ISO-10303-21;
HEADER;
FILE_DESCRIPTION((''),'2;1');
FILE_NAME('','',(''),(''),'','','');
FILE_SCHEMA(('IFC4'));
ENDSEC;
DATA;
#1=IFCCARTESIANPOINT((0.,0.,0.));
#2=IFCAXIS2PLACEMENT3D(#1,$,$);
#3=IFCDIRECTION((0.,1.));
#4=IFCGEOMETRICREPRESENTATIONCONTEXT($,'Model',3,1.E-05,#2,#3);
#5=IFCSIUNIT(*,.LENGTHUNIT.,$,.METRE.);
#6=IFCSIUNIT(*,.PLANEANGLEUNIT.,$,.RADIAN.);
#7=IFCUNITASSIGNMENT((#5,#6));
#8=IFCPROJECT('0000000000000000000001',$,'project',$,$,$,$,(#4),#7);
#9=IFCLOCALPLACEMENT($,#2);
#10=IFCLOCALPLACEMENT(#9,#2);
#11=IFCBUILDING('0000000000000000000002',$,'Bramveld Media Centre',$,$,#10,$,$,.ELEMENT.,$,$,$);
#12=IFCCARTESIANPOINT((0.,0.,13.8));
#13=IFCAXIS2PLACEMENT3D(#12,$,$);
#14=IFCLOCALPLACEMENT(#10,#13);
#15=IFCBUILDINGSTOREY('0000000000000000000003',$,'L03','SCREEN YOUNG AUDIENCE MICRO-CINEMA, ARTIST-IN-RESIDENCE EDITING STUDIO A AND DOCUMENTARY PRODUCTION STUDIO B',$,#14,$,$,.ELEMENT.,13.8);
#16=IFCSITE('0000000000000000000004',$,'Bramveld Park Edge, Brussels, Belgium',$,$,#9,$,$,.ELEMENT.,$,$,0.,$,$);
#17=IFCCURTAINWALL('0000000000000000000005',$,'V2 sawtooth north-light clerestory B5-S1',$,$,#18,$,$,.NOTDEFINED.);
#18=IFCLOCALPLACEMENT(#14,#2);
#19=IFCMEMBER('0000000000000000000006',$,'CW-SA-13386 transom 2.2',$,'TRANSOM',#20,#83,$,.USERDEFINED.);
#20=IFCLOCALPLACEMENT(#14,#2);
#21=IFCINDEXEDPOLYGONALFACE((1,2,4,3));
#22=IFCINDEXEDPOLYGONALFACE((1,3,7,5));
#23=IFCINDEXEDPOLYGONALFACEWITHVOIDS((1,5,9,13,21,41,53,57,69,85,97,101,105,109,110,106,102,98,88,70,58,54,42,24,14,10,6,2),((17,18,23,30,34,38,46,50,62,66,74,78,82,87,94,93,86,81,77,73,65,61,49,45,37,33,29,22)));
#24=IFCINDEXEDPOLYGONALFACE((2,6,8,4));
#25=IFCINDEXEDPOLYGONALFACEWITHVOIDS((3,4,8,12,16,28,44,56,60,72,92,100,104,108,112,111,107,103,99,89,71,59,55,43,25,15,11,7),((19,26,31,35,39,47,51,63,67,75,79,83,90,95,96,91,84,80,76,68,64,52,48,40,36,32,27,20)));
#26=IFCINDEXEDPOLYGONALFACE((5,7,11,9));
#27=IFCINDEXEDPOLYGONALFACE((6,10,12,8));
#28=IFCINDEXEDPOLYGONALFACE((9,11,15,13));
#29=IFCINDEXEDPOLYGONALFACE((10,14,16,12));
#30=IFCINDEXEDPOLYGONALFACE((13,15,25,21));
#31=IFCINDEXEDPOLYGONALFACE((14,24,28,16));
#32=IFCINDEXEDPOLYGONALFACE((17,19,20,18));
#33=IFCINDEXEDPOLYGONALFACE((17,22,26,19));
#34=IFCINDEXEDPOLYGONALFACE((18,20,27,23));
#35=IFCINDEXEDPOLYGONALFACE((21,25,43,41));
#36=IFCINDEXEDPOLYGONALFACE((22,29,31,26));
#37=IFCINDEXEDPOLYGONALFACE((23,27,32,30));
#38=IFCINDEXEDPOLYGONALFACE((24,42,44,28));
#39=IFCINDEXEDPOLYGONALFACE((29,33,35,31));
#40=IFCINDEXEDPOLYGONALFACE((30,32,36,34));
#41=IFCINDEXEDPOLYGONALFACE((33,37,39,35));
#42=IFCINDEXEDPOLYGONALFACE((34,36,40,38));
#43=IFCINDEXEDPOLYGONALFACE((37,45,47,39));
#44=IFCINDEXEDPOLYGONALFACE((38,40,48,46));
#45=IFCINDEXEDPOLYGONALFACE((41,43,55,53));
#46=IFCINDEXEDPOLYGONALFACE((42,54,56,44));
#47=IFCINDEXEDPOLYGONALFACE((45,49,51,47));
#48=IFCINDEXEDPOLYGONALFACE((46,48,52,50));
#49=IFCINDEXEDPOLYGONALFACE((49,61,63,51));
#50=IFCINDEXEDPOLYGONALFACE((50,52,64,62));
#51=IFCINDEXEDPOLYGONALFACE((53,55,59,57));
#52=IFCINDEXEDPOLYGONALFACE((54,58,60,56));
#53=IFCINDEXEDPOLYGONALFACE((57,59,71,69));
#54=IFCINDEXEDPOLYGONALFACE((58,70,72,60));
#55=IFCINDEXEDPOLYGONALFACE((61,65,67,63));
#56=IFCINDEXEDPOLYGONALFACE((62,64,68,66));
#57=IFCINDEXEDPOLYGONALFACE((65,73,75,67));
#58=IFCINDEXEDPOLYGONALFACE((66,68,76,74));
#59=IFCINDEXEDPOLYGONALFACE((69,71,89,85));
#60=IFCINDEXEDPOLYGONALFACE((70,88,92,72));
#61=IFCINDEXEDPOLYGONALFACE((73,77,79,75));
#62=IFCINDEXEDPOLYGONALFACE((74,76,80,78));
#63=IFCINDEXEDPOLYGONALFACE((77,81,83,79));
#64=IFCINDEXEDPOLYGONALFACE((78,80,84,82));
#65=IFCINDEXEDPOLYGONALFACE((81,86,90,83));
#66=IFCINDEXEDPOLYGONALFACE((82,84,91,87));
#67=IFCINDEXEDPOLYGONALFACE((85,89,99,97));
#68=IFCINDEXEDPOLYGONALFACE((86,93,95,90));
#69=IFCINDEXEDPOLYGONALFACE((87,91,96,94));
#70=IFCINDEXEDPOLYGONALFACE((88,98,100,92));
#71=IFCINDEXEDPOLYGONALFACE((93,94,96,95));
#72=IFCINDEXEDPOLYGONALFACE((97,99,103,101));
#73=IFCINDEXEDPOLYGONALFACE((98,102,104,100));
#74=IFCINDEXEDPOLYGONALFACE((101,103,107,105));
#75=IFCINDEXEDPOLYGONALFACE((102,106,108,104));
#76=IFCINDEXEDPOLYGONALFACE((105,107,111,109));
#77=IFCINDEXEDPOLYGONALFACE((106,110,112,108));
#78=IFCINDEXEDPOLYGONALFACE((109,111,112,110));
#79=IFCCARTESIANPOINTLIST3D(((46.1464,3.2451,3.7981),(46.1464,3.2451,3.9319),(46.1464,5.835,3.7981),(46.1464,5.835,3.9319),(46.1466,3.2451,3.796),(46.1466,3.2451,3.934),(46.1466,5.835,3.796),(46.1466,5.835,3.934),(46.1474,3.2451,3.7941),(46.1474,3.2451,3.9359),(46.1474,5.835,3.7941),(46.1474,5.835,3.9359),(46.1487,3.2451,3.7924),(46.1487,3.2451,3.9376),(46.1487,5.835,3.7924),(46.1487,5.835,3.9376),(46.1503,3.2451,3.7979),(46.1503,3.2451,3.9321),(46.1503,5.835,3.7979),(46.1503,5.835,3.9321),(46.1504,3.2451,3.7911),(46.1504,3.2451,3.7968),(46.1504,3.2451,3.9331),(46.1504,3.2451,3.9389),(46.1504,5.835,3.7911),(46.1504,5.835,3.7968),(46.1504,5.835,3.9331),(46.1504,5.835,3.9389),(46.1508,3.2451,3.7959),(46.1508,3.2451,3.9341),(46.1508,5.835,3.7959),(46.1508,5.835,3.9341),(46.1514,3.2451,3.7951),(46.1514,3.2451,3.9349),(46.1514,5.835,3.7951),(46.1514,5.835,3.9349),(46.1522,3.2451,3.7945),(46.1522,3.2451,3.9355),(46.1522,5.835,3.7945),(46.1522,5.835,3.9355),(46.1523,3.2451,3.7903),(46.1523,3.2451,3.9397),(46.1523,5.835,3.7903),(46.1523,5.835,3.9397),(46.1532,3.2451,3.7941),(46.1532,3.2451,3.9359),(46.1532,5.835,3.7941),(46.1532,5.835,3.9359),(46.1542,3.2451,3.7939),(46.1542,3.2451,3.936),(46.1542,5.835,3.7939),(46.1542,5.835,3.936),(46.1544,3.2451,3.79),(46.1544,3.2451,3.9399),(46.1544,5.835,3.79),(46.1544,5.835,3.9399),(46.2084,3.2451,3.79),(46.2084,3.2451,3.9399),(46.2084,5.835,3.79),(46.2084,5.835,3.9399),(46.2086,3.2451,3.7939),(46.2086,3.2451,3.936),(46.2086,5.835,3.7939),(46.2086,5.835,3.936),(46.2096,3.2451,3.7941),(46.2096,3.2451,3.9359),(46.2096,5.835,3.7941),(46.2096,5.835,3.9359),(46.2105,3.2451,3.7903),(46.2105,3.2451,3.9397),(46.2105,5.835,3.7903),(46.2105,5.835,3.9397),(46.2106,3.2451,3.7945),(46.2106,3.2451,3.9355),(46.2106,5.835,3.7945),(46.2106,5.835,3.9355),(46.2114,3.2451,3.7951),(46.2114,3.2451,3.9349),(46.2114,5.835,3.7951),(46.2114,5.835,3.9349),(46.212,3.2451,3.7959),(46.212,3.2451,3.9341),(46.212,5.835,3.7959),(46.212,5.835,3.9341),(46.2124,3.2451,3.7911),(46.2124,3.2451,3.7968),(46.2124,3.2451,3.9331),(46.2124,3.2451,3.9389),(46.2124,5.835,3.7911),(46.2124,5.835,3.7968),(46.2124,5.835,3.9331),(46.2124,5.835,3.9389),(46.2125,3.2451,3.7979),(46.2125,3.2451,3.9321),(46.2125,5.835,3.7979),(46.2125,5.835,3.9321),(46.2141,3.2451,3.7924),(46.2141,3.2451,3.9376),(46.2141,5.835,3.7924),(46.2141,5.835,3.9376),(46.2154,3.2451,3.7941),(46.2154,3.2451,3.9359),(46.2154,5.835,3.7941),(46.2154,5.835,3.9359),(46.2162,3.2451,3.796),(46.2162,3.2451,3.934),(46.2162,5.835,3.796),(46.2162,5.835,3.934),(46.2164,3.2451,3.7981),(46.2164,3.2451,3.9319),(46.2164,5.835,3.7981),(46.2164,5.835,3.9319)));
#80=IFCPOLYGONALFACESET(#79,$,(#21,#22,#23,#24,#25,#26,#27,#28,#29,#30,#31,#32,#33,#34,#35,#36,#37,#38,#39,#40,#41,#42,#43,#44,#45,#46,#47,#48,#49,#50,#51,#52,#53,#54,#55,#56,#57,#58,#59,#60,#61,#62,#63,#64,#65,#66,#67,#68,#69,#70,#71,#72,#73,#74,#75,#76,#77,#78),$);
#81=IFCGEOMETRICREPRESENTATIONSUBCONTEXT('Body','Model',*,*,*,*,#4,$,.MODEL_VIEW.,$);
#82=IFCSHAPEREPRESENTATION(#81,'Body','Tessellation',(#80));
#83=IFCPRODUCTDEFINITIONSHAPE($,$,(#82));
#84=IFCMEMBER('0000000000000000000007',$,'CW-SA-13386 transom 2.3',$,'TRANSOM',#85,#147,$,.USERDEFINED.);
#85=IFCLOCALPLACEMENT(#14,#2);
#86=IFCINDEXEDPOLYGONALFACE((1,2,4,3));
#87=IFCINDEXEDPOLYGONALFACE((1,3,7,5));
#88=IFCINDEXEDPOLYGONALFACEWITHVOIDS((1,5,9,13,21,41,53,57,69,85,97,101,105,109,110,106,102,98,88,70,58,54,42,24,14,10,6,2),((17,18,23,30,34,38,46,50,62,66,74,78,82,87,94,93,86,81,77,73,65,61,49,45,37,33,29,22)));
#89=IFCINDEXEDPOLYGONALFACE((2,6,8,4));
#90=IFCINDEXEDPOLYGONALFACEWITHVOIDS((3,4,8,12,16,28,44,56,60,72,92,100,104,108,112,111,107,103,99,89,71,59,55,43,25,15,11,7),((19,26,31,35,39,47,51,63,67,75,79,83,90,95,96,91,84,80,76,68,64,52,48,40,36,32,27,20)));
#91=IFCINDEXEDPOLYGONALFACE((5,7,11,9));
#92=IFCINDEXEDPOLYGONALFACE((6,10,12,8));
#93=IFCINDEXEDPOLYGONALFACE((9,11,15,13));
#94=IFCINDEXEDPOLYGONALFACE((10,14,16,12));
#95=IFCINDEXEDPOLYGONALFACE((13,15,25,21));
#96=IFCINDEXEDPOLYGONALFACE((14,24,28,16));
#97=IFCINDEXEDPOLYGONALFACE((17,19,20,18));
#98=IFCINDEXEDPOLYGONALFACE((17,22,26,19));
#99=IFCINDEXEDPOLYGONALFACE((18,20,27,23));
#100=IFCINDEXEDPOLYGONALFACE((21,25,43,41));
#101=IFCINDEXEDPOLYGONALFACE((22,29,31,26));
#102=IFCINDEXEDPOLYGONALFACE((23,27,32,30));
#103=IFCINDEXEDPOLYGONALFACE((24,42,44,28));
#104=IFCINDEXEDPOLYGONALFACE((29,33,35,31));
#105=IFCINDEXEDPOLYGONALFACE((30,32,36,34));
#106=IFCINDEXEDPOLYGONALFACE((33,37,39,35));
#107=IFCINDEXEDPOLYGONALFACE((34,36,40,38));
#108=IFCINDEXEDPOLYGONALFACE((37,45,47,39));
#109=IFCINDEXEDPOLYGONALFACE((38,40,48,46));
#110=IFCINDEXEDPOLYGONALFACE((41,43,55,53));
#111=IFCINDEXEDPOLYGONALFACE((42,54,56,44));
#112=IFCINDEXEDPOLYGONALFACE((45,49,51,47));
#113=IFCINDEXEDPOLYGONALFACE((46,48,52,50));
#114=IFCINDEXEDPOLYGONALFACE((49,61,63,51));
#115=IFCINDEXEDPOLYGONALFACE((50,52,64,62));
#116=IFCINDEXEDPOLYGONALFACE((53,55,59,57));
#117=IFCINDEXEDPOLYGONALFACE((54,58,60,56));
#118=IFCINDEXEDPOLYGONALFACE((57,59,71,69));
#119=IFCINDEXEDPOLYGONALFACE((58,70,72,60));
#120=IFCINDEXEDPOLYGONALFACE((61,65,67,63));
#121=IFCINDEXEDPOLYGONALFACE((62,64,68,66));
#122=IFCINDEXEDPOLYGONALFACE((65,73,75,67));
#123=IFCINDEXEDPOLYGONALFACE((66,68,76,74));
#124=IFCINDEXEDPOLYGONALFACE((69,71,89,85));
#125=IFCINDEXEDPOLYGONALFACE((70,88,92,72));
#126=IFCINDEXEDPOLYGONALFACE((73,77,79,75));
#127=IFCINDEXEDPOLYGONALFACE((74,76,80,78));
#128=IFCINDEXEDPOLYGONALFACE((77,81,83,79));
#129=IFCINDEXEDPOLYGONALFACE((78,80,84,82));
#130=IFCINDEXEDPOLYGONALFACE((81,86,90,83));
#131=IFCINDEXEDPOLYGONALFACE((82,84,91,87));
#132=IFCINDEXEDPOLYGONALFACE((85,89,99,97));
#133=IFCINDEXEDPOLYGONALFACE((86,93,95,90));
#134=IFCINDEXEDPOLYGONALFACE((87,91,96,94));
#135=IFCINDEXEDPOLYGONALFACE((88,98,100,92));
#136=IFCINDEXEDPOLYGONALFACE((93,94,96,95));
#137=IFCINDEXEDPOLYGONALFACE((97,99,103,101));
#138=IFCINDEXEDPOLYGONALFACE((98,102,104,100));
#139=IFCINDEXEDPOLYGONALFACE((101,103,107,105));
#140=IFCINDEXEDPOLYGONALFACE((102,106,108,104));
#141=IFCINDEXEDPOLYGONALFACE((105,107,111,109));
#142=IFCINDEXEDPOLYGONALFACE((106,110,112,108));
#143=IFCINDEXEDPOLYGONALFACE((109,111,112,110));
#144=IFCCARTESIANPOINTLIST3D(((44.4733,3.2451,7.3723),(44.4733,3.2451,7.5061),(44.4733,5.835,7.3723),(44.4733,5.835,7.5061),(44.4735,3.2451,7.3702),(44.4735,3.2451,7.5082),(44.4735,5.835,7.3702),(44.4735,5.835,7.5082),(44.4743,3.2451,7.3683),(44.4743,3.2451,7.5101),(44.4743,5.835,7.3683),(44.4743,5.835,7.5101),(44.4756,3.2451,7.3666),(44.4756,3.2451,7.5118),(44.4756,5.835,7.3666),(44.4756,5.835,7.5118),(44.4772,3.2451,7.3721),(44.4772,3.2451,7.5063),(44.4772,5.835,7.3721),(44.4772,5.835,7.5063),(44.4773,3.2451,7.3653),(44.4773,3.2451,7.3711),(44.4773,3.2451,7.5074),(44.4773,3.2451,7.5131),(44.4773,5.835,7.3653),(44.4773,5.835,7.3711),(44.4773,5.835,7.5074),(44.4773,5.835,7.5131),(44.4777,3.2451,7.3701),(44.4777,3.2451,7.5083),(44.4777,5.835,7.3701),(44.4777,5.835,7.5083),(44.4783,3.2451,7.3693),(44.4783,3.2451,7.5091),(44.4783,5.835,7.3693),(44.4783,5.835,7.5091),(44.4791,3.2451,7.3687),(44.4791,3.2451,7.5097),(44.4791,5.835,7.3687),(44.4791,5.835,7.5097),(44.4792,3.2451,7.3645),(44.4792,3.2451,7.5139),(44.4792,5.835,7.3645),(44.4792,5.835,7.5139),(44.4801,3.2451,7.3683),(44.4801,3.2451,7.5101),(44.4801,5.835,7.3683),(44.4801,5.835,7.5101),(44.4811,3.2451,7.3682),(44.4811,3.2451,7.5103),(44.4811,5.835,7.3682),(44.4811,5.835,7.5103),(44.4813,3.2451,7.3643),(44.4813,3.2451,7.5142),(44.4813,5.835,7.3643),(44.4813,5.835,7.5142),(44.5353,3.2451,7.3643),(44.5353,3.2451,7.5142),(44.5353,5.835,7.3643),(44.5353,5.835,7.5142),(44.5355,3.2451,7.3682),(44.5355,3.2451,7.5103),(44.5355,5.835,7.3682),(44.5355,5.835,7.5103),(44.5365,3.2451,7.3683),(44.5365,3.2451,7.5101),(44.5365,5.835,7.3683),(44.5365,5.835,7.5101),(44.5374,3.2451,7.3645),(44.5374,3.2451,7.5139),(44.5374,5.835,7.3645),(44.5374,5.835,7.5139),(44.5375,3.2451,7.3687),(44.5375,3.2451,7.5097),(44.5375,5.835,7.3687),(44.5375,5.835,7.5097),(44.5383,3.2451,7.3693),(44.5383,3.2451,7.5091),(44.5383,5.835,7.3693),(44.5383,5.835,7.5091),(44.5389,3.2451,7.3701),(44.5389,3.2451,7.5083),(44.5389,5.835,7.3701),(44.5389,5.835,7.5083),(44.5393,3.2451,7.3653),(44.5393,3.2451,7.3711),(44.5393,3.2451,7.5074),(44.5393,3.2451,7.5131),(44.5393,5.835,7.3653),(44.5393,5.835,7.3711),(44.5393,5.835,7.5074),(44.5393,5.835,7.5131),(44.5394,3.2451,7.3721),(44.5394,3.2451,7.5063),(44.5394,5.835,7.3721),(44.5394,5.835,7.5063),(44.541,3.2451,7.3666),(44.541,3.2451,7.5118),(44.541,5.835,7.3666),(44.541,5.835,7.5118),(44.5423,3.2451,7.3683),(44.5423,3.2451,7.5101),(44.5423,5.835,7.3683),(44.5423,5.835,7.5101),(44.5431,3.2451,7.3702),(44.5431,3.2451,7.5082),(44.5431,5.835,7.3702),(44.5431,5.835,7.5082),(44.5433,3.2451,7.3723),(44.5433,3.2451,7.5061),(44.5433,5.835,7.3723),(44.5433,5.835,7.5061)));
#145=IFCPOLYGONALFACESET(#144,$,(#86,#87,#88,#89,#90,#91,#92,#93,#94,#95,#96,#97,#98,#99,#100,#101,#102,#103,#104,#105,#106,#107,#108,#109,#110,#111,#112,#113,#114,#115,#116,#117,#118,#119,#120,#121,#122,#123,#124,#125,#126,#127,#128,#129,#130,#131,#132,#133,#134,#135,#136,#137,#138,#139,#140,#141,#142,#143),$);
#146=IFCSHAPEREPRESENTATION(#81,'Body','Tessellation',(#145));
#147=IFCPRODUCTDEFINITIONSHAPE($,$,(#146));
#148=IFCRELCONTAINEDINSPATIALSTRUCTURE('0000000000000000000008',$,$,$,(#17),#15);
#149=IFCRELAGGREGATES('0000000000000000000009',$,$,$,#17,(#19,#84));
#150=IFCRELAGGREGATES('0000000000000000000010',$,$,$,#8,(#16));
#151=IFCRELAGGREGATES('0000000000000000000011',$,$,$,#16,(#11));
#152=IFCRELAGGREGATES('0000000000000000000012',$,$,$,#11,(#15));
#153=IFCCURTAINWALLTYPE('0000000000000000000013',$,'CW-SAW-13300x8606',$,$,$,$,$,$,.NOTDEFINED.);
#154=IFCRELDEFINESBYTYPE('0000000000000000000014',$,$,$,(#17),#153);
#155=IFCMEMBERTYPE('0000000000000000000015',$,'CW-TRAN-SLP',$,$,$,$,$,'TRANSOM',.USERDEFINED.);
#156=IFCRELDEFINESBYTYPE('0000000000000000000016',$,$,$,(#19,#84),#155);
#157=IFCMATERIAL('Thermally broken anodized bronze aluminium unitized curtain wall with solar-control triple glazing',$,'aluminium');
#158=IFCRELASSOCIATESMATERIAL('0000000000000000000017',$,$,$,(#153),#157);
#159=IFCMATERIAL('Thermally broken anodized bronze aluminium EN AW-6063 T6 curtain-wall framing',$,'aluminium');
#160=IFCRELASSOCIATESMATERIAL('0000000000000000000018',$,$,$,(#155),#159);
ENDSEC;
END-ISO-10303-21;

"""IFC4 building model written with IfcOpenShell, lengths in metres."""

from ifc_helpers import new_model, si_unit, direction, frame, origin, origin_2d, place, context, subcontext, project, spatial, hollow_rectangle, extrude, material, material_profile, profile_set, type_object, element, aggregate, save


model = new_model("IFC4")

# Units and contexts
model_context = context("Model", 3, precision=1e-05, world=origin(), true_north=direction((0.0, 1.0)))
body_context = subcontext(model_context, "Body", "Model", "MODEL_VIEW")
ifc_project = project(units=[si_unit("LENGTHUNIT", "METRE"), si_unit("PLANEANGLEUNIT", "RADIAN")], contexts=[model_context])

# Site, building, storey
site_placement = place(None, origin())
site = spatial("IfcSite", under=ifc_project, at=site_placement, Name="Bramveld Park Edge, Brussels, Belgium", CompositionType="ELEMENT", RefElevation=0.0)
building_placement = place(site_placement, origin())
building = spatial("IfcBuilding", under=site, at=building_placement, Name="Bramveld Media Centre", CompositionType="ELEMENT")
storey_placement = place(building_placement, frame((0.0, 0.0, 13.8)))
storey = spatial("IfcBuildingStorey", under=building, at=storey_placement, Name="L03", Description="SCREEN YOUNG AUDIENCE MICRO-CINEMA, ARTIST-IN-RESIDENCE EDITING STUDIO A AND DOCUMENTARY PRODUCTION STUDIO B", CompositionType="ELEMENT", Elevation=13.8)

# Curtain wall, members
ifc_material_1 = material(Name="Thermally broken anodized bronze aluminium unitized curtain wall with solar-control triple glazing", Category="aluminium")
curtain_wall_type = type_object("IfcCurtainWallType", Name="CW-SAW-13300x8606", PredefinedType="NOTDEFINED", material=ifc_material_1)
curtain_wall_placement = place(storey_placement, origin())
curtain_wall = element("IfcCurtainWall", 1, at=curtain_wall_placement, inside=storey, type_object=curtain_wall_type, Name="V2 sawtooth north-light clerestory B5-S1", PredefinedType="NOTDEFINED")
ifc_material_2 = material(Name="Thermally broken anodized bronze aluminium EN AW-6063 T6 curtain-wall framing", Category="aluminium")
ifc_material_profile_1 = material_profile(ifc_material_2, hollow_rectangle(XDim=0.0701, YDim=0.1499, WallThickness=0.0039, InnerFilletRadius=0.0039, OuterFilletRadius=0.0081, at=origin_2d()), Name="AL-TRAN 70x150")
ifc_profile_set_1 = profile_set([ifc_material_profile_1], Name="Thermally broken anodized bronze aluminium EN AW-6063 T6 curtain-wall framing")
member_type = type_object("IfcMemberType", Name="CW-TRAN-SLP", ElementType="TRANSOM", PredefinedType="USERDEFINED", material=ifc_profile_set_1)
member_1_placement = place(storey_placement, frame((46.1814, 3.2451, 3.865), z_axis=(0.0, 1.0, 0.0), x_axis=(-1.0, 0.0, 0.0)))
member_1 = element("IfcMember", 2, at=member_1_placement, type_object=member_type, Name="CW-SA-13386 transom 2.2", ObjectType="TRANSOM", PredefinedType="USERDEFINED", context=body_context, shape_type="SweptSolid", body=[
    extrude(hollow_rectangle(XDim=0.0701, YDim=0.1499, WallThickness=0.0039, InnerFilletRadius=0.0039, OuterFilletRadius=0.0081, at=origin_2d()), origin(), (0.0, 0.0, 1.0), 2.5898),
])
member_2_placement = place(storey_placement, frame((44.5083, 3.2451, 7.4392), z_axis=(0.0, 1.0, 0.0), x_axis=(-1.0, 0.0, 0.0)))
member_2 = element("IfcMember", 3, at=member_2_placement, type_object=member_type, Name="CW-SA-13386 transom 2.3", ObjectType="TRANSOM", PredefinedType="USERDEFINED", context=body_context, shape_type="SweptSolid", body=[
    extrude(hollow_rectangle(XDim=0.0701, YDim=0.1499, WallThickness=0.0039, InnerFilletRadius=0.0039, OuterFilletRadius=0.0081, at=origin_2d()), origin(), (0.0, 0.0, 1.0), 2.5898),
])

aggregate(curtain_wall, [member_1, member_2])

save(model, "model.ifc")
